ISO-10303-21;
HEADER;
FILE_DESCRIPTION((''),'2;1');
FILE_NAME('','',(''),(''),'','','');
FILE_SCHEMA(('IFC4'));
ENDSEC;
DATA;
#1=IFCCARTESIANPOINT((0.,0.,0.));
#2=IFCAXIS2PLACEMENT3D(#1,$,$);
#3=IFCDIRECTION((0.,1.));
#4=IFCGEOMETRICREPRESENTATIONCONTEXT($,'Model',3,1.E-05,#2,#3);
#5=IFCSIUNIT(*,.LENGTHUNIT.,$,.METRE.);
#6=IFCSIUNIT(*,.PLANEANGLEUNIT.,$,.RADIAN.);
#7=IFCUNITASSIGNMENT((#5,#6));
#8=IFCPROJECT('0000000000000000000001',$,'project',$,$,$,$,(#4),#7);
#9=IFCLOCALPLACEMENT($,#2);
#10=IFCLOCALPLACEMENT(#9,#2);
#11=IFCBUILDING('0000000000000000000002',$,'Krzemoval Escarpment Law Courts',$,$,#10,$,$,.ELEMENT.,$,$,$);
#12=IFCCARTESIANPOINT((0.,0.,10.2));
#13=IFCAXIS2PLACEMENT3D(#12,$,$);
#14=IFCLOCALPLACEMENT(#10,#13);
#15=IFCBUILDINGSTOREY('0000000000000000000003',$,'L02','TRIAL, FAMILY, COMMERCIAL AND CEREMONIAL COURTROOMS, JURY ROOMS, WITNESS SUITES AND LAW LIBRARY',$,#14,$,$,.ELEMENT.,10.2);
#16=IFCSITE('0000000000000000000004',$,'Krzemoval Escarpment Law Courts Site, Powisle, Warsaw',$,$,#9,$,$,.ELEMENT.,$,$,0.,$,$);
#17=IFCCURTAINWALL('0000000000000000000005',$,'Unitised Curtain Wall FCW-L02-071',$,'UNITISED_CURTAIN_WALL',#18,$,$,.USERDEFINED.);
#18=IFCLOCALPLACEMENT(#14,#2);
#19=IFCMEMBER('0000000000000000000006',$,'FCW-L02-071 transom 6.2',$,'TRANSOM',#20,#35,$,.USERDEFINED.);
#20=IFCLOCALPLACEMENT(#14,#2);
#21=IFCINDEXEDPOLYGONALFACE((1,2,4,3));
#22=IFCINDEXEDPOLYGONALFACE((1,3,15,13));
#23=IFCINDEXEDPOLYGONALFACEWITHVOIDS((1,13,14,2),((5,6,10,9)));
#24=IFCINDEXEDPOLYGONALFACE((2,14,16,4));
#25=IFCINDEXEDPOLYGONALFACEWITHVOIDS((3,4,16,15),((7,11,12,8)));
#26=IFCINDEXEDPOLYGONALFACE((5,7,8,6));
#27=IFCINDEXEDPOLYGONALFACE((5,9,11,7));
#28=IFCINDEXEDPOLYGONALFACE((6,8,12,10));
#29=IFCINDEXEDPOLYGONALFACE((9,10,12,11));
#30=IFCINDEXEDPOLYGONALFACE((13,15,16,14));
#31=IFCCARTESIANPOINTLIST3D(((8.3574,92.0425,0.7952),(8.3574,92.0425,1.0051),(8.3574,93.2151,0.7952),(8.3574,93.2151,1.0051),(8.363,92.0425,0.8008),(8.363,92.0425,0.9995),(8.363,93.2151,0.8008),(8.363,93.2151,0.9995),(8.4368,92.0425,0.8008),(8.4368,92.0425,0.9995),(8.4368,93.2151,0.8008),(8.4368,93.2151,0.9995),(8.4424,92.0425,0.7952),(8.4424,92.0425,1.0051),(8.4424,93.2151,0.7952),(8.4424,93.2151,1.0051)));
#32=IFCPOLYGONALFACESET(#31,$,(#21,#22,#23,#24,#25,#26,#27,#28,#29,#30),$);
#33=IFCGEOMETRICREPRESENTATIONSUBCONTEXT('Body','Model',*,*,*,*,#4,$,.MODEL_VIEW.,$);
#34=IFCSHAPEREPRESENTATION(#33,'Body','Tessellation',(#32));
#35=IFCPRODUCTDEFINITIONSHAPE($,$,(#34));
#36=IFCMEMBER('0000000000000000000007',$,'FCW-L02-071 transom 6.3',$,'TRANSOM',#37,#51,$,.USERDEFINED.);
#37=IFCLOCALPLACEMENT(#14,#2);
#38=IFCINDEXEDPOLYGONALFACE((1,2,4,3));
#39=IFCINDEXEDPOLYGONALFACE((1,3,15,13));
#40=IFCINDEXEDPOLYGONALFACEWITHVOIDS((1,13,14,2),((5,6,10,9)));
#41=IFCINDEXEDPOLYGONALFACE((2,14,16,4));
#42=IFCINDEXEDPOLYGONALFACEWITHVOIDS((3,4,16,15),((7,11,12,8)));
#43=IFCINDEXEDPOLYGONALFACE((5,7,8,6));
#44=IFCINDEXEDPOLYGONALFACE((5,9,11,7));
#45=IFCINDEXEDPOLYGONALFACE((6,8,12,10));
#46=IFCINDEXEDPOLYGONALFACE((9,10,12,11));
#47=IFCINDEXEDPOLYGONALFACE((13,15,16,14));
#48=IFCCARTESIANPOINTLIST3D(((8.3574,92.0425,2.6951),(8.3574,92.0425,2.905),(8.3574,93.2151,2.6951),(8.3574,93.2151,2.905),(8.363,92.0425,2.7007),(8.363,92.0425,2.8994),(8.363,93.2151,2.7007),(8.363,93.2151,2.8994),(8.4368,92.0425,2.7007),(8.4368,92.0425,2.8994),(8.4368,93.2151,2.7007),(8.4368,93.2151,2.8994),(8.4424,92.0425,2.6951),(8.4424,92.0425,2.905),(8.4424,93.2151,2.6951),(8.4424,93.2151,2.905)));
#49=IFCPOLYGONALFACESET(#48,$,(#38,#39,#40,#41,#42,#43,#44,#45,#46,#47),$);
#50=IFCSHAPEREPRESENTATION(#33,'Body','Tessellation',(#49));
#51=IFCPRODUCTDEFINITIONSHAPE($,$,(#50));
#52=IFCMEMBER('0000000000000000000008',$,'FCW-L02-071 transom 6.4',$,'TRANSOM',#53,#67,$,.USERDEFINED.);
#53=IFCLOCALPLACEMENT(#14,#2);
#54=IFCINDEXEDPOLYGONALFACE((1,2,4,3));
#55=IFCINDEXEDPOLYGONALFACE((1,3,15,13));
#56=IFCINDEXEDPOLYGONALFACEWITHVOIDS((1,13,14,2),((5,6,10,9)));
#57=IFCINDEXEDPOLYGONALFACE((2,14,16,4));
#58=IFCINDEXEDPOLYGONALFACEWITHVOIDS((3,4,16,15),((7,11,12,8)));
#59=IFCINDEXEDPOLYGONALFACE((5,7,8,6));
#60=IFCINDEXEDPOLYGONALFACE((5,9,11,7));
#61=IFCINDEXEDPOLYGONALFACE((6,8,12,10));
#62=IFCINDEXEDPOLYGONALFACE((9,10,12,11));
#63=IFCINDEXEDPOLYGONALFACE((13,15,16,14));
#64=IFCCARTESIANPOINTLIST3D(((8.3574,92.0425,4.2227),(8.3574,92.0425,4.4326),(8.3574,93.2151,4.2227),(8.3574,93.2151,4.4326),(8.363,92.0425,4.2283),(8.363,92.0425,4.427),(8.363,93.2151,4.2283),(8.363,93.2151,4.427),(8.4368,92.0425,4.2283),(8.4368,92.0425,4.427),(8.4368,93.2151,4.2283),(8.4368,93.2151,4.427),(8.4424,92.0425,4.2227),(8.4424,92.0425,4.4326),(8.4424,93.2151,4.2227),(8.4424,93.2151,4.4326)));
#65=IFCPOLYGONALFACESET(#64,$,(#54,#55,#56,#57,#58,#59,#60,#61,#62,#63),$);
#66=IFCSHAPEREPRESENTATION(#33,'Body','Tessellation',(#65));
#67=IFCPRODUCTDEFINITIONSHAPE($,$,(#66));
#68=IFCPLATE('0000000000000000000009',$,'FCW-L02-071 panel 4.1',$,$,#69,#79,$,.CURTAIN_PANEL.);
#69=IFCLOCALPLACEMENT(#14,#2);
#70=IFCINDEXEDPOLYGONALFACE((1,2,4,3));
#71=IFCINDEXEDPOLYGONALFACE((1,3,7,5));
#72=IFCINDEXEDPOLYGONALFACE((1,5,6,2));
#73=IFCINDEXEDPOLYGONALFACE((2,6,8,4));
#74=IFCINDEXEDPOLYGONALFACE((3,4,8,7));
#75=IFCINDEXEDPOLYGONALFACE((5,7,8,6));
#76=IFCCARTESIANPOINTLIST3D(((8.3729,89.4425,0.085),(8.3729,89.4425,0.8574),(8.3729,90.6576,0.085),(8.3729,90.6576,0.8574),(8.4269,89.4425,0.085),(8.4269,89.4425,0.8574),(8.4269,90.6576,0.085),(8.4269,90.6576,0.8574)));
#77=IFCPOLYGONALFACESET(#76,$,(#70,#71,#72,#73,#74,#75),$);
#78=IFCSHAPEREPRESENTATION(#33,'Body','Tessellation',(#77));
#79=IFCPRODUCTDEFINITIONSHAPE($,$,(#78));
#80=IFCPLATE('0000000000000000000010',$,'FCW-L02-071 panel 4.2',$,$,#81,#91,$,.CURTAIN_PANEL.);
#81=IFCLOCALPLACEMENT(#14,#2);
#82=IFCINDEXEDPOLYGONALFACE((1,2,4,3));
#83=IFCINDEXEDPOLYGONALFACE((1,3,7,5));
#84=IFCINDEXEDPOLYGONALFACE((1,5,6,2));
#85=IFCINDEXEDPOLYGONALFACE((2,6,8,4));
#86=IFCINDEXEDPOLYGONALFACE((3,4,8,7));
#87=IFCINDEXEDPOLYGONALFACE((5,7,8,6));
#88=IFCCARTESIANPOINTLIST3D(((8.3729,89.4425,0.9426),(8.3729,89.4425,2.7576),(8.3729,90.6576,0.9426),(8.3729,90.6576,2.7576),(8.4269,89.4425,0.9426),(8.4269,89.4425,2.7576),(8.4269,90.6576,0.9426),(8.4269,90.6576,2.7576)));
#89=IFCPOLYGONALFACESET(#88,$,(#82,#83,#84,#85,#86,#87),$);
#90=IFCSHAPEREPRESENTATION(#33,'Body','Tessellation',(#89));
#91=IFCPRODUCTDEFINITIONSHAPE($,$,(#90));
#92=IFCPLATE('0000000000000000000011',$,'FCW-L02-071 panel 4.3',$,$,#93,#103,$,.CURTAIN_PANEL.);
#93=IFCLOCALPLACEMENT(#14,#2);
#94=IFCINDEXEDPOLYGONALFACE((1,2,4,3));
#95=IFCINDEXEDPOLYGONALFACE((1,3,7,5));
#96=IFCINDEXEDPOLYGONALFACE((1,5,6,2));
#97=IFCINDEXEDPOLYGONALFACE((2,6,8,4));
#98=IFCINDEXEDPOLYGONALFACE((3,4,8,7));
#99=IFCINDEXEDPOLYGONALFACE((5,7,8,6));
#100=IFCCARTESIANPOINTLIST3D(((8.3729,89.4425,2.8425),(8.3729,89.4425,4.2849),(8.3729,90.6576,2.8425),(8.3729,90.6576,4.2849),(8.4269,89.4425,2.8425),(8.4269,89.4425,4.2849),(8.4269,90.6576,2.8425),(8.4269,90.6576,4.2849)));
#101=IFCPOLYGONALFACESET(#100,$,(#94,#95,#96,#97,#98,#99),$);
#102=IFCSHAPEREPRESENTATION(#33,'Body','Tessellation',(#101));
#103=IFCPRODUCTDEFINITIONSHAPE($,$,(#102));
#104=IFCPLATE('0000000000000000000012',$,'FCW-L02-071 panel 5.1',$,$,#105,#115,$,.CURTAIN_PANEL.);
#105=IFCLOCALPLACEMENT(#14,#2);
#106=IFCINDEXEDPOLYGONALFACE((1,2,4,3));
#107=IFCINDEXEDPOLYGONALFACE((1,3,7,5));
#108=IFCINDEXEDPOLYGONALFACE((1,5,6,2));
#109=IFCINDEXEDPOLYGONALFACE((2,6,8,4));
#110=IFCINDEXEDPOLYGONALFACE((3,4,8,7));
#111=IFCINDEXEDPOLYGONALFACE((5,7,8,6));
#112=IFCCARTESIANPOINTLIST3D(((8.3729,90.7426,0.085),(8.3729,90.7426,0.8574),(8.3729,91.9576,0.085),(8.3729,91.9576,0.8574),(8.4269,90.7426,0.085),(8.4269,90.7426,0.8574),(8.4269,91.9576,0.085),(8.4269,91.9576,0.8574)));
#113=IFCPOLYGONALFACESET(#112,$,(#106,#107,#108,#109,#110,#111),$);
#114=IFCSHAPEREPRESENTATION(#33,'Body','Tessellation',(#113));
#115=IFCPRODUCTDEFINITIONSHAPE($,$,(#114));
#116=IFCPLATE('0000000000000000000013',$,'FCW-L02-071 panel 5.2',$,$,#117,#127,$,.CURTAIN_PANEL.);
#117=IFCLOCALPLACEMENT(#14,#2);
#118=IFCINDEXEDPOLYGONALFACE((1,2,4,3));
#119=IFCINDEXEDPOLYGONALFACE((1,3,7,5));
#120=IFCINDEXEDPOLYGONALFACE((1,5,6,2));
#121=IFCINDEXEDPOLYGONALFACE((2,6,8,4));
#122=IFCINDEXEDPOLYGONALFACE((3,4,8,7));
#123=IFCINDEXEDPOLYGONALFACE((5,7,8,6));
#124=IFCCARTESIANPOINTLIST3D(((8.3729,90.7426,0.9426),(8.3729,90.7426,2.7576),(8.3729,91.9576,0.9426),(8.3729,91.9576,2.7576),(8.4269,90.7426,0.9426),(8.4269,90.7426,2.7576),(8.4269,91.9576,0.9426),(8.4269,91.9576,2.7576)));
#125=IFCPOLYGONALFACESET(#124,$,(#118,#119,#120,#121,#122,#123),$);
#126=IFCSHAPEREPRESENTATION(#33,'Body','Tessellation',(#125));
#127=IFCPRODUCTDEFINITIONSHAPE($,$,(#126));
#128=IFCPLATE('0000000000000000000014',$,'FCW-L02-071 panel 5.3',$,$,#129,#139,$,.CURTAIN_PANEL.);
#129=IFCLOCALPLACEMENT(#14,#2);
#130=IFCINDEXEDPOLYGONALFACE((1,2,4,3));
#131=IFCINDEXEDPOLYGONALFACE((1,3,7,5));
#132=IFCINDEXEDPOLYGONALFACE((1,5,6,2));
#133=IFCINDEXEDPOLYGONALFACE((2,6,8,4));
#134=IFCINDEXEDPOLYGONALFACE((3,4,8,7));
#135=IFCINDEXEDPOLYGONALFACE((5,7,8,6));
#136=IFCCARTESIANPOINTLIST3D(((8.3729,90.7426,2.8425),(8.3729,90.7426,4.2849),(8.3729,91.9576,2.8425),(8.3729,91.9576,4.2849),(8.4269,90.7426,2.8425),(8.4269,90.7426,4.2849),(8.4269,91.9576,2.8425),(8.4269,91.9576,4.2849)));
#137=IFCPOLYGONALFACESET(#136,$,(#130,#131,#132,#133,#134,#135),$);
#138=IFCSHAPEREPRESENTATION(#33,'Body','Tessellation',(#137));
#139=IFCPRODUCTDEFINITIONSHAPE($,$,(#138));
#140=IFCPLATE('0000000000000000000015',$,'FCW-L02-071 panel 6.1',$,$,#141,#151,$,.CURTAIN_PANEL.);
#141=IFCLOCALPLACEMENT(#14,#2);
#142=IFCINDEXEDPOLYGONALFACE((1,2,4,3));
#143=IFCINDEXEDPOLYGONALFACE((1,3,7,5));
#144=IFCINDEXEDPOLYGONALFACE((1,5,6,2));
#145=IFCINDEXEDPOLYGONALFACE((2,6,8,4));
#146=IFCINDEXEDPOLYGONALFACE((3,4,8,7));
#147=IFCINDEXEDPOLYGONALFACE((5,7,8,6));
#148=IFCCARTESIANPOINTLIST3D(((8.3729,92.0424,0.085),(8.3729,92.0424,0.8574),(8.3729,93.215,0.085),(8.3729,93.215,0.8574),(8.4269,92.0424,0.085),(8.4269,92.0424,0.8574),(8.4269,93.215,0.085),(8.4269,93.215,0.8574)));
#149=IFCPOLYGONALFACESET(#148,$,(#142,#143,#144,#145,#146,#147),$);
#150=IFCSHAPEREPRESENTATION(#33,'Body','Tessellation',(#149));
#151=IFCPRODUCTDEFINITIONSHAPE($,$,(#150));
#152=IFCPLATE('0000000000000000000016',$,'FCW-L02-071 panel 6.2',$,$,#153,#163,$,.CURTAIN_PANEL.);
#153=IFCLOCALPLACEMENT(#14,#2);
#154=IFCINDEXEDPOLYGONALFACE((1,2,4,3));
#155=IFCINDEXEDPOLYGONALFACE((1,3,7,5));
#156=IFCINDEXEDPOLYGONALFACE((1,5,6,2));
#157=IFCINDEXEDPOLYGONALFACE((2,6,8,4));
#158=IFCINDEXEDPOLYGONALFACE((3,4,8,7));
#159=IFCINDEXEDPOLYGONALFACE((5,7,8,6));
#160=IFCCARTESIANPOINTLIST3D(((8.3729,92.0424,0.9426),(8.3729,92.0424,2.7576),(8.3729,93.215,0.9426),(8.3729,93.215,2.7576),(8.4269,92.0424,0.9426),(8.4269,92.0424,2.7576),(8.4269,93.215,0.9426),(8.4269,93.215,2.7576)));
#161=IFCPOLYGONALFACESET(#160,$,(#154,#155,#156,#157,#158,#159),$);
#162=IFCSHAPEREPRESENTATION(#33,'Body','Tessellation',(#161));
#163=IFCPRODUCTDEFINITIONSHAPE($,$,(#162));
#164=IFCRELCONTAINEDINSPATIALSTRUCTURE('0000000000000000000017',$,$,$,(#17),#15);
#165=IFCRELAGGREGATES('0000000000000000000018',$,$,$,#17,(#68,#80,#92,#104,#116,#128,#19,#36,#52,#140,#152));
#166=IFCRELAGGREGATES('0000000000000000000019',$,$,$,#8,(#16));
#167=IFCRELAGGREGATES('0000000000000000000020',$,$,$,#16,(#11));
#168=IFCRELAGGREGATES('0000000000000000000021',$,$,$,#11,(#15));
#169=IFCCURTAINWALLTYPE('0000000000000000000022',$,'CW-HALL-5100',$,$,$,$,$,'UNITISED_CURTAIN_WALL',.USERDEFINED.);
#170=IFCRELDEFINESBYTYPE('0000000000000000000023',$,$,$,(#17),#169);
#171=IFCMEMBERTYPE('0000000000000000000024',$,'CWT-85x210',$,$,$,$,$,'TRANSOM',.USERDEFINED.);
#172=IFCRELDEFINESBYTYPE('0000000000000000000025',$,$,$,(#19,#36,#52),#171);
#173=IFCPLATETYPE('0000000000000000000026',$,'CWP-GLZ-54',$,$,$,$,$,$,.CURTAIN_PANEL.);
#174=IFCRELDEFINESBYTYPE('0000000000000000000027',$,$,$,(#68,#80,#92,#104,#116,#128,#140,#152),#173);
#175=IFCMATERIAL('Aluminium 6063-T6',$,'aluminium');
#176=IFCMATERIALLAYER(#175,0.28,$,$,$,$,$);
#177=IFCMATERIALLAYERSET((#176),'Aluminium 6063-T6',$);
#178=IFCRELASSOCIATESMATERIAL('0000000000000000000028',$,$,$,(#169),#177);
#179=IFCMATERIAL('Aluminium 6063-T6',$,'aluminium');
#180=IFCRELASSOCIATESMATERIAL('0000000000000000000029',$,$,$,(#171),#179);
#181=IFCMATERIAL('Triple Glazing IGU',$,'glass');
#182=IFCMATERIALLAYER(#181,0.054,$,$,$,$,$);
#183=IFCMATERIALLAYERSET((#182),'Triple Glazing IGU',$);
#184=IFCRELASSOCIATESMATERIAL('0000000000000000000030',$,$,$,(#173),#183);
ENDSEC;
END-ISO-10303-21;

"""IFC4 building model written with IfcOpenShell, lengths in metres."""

from ifc_helpers import new_model, si_unit, direction, frame, origin, origin_2d, place, context, subcontext, project, spatial, rectangle, hollow_rectangle, extrude, material, layer, layer_set, material_profile, profile_set, type_object, element, aggregate, save


model = new_model("IFC4")

# Units and contexts
model_context = context("Model", 3, precision=1e-05, world=origin(), true_north=direction((0.0, 1.0)))
body_context = subcontext(model_context, "Body", "Model", "MODEL_VIEW")
ifc_project = project(units=[si_unit("LENGTHUNIT", "METRE"), si_unit("PLANEANGLEUNIT", "RADIAN")], contexts=[model_context])

# Site, building, storey
site_placement = place(None, origin())
site = spatial("IfcSite", under=ifc_project, at=site_placement, Name="Krzemoval Escarpment Law Courts Site, Powisle, Warsaw", CompositionType="ELEMENT", RefElevation=0.0)
building_placement = place(site_placement, origin())
building = spatial("IfcBuilding", under=site, at=building_placement, Name="Krzemoval Escarpment Law Courts", CompositionType="ELEMENT")
storey_placement = place(building_placement, frame((0.0, 0.0, 10.2)))
storey = spatial("IfcBuildingStorey", under=building, at=storey_placement, Name="L02", Description="TRIAL, FAMILY, COMMERCIAL AND CEREMONIAL COURTROOMS, JURY ROOMS, WITNESS SUITES AND LAW LIBRARY", CompositionType="ELEMENT", Elevation=10.2)

# Curtain wall, members, plates
ifc_material_1 = material(Name="Aluminium 6063-T6", Category="aluminium")
ifc_layer_1 = layer(ifc_material_1, 0.28)
ifc_layer_set_1 = layer_set([ifc_layer_1], Name="Aluminium 6063-T6")
curtain_wall_type = type_object("IfcCurtainWallType", Name="CW-HALL-5100", ElementType="UNITISED_CURTAIN_WALL", PredefinedType="USERDEFINED", material=ifc_layer_set_1)
curtain_wall_placement = place(storey_placement, origin())
curtain_wall = element("IfcCurtainWall", 1, at=curtain_wall_placement, inside=storey, type_object=curtain_wall_type, Name="Unitised Curtain Wall FCW-L02-071", ObjectType="UNITISED_CURTAIN_WALL", PredefinedType="USERDEFINED")
ifc_material_2 = material(Name="Aluminium 6063-T6", Category="aluminium")
ifc_material_profile_1 = material_profile(ifc_material_2, hollow_rectangle(XDim=0.085, YDim=0.21, WallThickness=0.0056, at=origin_2d()), Name="ALU T85x210")
ifc_profile_set_1 = profile_set([ifc_material_profile_1], Name="Aluminium 6063-T6")
member_type_1 = type_object("IfcMemberType", Name="CWT-85x210", ElementType="TRANSOM", PredefinedType="USERDEFINED", material=ifc_profile_set_1)
member_1_placement = place(storey_placement, frame((8.3999, 92.0425, 0.9001), z_axis=(0.0, 1.0, 0.0), x_axis=(-1.0, 0.0, 0.0)))
member_1 = element("IfcMember", 2, at=member_1_placement, type_object=member_type_1, Name="FCW-L02-071 transom 6.2", ObjectType="TRANSOM", PredefinedType="USERDEFINED", context=body_context, shape_type="SweptSolid", body=[
    extrude(hollow_rectangle(XDim=0.085, YDim=0.21, WallThickness=0.0056, at=origin_2d()), origin(), (0.0, 0.0, 1.0), 1.1726),
])
member_2_placement = place(storey_placement, frame((8.3999, 92.0425, 2.8), z_axis=(0.0, 1.0, 0.0), x_axis=(-1.0, 0.0, 0.0)))
member_2 = element("IfcMember", 3, at=member_2_placement, type_object=member_type_1, Name="FCW-L02-071 transom 6.3", ObjectType="TRANSOM", PredefinedType="USERDEFINED", context=body_context, shape_type="SweptSolid", body=[
    extrude(hollow_rectangle(XDim=0.085, YDim=0.21, WallThickness=0.0056, at=origin_2d()), origin(), (0.0, 0.0, 1.0), 1.1726),
])
member_3_placement = place(storey_placement, frame((8.3999, 92.0425, 4.3276), z_axis=(0.0, 1.0, 0.0), x_axis=(-1.0, 0.0, 0.0)))
member_3 = element("IfcMember", 4, at=member_3_placement, type_object=member_type_1, Name="FCW-L02-071 transom 6.4", ObjectType="TRANSOM", PredefinedType="USERDEFINED", context=body_context, shape_type="SweptSolid", body=[
    extrude(hollow_rectangle(XDim=0.085, YDim=0.21, WallThickness=0.0056, at=origin_2d()), origin(), (0.0, 0.0, 1.0), 1.1726),
])
ifc_material_3 = material(Name="Triple Glazing IGU", Category="glass")
ifc_layer_2 = layer(ifc_material_3, 0.054)
ifc_layer_set_2 = layer_set([ifc_layer_2], Name="Triple Glazing IGU")
plate_type = type_object("IfcPlateType", Name="CWP-GLZ-54", PredefinedType="CURTAIN_PANEL", material=ifc_layer_set_2)
plate_1_placement = place(storey_placement, frame((8.3999, 90.05, 0.085), z_axis=(0.0, 0.0, 1.0), x_axis=(0.0, 1.0, 0.0)))
plate_1 = element("IfcPlate", 5, at=plate_1_placement, type_object=plate_type, Name="FCW-L02-071 panel 4.1", PredefinedType="CURTAIN_PANEL", context=body_context, shape_type="SweptSolid", body=[
    extrude(rectangle(XDim=1.2151, YDim=0.054, at=origin_2d()), origin(), (0.0, 0.0, 1.0), 0.7725),
])
plate_2_placement = place(storey_placement, frame((8.3999, 90.05, 0.9426), z_axis=(0.0, 0.0, 1.0), x_axis=(0.0, 1.0, 0.0)))
plate_2 = element("IfcPlate", 6, at=plate_2_placement, type_object=plate_type, Name="FCW-L02-071 panel 4.2", PredefinedType="CURTAIN_PANEL", context=body_context, shape_type="SweptSolid", body=[
    extrude(rectangle(XDim=1.2151, YDim=0.054, at=origin_2d()), origin(), (0.0, 0.0, 1.0), 1.8149),
])
plate_3_placement = place(storey_placement, frame((8.3999, 90.05, 2.8425), z_axis=(0.0, 0.0, 1.0), x_axis=(0.0, 1.0, 0.0)))
plate_3 = element("IfcPlate", 7, at=plate_3_placement, type_object=plate_type, Name="FCW-L02-071 panel 4.3", PredefinedType="CURTAIN_PANEL", context=body_context, shape_type="SweptSolid", body=[
    extrude(rectangle(XDim=1.2151, YDim=0.054, at=origin_2d()), origin(), (0.0, 0.0, 1.0), 1.4424),
])
plate_4_placement = place(storey_placement, frame((8.3999, 91.3501, 0.085), z_axis=(0.0, 0.0, 1.0), x_axis=(0.0, 1.0, 0.0)))
plate_4 = element("IfcPlate", 8, at=plate_4_placement, type_object=plate_type, Name="FCW-L02-071 panel 5.1", PredefinedType="CURTAIN_PANEL", context=body_context, shape_type="SweptSolid", body=[
    extrude(rectangle(XDim=1.2151, YDim=0.054, at=origin_2d()), origin(), (0.0, 0.0, 1.0), 0.7725),
])
plate_5_placement = place(storey_placement, frame((8.3999, 91.3501, 0.9426), z_axis=(0.0, 0.0, 1.0), x_axis=(0.0, 1.0, 0.0)))
plate_5 = element("IfcPlate", 9, at=plate_5_placement, type_object=plate_type, Name="FCW-L02-071 panel 5.2", PredefinedType="CURTAIN_PANEL", context=body_context, shape_type="SweptSolid", body=[
    extrude(rectangle(XDim=1.2151, YDim=0.054, at=origin_2d()), origin(), (0.0, 0.0, 1.0), 1.8149),
])
plate_6_placement = place(storey_placement, frame((8.3999, 91.3501, 2.8425), z_axis=(0.0, 0.0, 1.0), x_axis=(0.0, 1.0, 0.0)))
plate_6 = element("IfcPlate", 10, at=plate_6_placement, type_object=plate_type, Name="FCW-L02-071 panel 5.3", PredefinedType="CURTAIN_PANEL", context=body_context, shape_type="SweptSolid", body=[
    extrude(rectangle(XDim=1.2151, YDim=0.054, at=origin_2d()), origin(), (0.0, 0.0, 1.0), 1.4424),
])
plate_7_placement = place(storey_placement, frame((8.3999, 92.6287, 0.085), z_axis=(0.0, 0.0, 1.0), x_axis=(0.0, 1.0, 0.0)))
plate_7 = element("IfcPlate", 11, at=plate_7_placement, type_object=plate_type, Name="FCW-L02-071 panel 6.1", PredefinedType="CURTAIN_PANEL", context=body_context, shape_type="SweptSolid", body=[
    extrude(rectangle(XDim=1.1726, YDim=0.054, at=origin_2d()), origin(), (0.0, 0.0, 1.0), 0.7725),
])
plate_8_placement = place(storey_placement, frame((8.3999, 92.6287, 0.9426), z_axis=(0.0, 0.0, 1.0), x_axis=(0.0, 1.0, 0.0)))
plate_8 = element("IfcPlate", 12, at=plate_8_placement, type_object=plate_type, Name="FCW-L02-071 panel 6.2", PredefinedType="CURTAIN_PANEL", context=body_context, shape_type="SweptSolid", body=[
    extrude(rectangle(XDim=1.1726, YDim=0.054, at=origin_2d()), origin(), (0.0, 0.0, 1.0), 1.8149),
])
aggregate(curtain_wall, [plate_1, plate_2, plate_3, plate_4, plate_5, plate_6, member_1, member_2, member_3, plate_7, plate_8])

save(model, "model.ifc")
